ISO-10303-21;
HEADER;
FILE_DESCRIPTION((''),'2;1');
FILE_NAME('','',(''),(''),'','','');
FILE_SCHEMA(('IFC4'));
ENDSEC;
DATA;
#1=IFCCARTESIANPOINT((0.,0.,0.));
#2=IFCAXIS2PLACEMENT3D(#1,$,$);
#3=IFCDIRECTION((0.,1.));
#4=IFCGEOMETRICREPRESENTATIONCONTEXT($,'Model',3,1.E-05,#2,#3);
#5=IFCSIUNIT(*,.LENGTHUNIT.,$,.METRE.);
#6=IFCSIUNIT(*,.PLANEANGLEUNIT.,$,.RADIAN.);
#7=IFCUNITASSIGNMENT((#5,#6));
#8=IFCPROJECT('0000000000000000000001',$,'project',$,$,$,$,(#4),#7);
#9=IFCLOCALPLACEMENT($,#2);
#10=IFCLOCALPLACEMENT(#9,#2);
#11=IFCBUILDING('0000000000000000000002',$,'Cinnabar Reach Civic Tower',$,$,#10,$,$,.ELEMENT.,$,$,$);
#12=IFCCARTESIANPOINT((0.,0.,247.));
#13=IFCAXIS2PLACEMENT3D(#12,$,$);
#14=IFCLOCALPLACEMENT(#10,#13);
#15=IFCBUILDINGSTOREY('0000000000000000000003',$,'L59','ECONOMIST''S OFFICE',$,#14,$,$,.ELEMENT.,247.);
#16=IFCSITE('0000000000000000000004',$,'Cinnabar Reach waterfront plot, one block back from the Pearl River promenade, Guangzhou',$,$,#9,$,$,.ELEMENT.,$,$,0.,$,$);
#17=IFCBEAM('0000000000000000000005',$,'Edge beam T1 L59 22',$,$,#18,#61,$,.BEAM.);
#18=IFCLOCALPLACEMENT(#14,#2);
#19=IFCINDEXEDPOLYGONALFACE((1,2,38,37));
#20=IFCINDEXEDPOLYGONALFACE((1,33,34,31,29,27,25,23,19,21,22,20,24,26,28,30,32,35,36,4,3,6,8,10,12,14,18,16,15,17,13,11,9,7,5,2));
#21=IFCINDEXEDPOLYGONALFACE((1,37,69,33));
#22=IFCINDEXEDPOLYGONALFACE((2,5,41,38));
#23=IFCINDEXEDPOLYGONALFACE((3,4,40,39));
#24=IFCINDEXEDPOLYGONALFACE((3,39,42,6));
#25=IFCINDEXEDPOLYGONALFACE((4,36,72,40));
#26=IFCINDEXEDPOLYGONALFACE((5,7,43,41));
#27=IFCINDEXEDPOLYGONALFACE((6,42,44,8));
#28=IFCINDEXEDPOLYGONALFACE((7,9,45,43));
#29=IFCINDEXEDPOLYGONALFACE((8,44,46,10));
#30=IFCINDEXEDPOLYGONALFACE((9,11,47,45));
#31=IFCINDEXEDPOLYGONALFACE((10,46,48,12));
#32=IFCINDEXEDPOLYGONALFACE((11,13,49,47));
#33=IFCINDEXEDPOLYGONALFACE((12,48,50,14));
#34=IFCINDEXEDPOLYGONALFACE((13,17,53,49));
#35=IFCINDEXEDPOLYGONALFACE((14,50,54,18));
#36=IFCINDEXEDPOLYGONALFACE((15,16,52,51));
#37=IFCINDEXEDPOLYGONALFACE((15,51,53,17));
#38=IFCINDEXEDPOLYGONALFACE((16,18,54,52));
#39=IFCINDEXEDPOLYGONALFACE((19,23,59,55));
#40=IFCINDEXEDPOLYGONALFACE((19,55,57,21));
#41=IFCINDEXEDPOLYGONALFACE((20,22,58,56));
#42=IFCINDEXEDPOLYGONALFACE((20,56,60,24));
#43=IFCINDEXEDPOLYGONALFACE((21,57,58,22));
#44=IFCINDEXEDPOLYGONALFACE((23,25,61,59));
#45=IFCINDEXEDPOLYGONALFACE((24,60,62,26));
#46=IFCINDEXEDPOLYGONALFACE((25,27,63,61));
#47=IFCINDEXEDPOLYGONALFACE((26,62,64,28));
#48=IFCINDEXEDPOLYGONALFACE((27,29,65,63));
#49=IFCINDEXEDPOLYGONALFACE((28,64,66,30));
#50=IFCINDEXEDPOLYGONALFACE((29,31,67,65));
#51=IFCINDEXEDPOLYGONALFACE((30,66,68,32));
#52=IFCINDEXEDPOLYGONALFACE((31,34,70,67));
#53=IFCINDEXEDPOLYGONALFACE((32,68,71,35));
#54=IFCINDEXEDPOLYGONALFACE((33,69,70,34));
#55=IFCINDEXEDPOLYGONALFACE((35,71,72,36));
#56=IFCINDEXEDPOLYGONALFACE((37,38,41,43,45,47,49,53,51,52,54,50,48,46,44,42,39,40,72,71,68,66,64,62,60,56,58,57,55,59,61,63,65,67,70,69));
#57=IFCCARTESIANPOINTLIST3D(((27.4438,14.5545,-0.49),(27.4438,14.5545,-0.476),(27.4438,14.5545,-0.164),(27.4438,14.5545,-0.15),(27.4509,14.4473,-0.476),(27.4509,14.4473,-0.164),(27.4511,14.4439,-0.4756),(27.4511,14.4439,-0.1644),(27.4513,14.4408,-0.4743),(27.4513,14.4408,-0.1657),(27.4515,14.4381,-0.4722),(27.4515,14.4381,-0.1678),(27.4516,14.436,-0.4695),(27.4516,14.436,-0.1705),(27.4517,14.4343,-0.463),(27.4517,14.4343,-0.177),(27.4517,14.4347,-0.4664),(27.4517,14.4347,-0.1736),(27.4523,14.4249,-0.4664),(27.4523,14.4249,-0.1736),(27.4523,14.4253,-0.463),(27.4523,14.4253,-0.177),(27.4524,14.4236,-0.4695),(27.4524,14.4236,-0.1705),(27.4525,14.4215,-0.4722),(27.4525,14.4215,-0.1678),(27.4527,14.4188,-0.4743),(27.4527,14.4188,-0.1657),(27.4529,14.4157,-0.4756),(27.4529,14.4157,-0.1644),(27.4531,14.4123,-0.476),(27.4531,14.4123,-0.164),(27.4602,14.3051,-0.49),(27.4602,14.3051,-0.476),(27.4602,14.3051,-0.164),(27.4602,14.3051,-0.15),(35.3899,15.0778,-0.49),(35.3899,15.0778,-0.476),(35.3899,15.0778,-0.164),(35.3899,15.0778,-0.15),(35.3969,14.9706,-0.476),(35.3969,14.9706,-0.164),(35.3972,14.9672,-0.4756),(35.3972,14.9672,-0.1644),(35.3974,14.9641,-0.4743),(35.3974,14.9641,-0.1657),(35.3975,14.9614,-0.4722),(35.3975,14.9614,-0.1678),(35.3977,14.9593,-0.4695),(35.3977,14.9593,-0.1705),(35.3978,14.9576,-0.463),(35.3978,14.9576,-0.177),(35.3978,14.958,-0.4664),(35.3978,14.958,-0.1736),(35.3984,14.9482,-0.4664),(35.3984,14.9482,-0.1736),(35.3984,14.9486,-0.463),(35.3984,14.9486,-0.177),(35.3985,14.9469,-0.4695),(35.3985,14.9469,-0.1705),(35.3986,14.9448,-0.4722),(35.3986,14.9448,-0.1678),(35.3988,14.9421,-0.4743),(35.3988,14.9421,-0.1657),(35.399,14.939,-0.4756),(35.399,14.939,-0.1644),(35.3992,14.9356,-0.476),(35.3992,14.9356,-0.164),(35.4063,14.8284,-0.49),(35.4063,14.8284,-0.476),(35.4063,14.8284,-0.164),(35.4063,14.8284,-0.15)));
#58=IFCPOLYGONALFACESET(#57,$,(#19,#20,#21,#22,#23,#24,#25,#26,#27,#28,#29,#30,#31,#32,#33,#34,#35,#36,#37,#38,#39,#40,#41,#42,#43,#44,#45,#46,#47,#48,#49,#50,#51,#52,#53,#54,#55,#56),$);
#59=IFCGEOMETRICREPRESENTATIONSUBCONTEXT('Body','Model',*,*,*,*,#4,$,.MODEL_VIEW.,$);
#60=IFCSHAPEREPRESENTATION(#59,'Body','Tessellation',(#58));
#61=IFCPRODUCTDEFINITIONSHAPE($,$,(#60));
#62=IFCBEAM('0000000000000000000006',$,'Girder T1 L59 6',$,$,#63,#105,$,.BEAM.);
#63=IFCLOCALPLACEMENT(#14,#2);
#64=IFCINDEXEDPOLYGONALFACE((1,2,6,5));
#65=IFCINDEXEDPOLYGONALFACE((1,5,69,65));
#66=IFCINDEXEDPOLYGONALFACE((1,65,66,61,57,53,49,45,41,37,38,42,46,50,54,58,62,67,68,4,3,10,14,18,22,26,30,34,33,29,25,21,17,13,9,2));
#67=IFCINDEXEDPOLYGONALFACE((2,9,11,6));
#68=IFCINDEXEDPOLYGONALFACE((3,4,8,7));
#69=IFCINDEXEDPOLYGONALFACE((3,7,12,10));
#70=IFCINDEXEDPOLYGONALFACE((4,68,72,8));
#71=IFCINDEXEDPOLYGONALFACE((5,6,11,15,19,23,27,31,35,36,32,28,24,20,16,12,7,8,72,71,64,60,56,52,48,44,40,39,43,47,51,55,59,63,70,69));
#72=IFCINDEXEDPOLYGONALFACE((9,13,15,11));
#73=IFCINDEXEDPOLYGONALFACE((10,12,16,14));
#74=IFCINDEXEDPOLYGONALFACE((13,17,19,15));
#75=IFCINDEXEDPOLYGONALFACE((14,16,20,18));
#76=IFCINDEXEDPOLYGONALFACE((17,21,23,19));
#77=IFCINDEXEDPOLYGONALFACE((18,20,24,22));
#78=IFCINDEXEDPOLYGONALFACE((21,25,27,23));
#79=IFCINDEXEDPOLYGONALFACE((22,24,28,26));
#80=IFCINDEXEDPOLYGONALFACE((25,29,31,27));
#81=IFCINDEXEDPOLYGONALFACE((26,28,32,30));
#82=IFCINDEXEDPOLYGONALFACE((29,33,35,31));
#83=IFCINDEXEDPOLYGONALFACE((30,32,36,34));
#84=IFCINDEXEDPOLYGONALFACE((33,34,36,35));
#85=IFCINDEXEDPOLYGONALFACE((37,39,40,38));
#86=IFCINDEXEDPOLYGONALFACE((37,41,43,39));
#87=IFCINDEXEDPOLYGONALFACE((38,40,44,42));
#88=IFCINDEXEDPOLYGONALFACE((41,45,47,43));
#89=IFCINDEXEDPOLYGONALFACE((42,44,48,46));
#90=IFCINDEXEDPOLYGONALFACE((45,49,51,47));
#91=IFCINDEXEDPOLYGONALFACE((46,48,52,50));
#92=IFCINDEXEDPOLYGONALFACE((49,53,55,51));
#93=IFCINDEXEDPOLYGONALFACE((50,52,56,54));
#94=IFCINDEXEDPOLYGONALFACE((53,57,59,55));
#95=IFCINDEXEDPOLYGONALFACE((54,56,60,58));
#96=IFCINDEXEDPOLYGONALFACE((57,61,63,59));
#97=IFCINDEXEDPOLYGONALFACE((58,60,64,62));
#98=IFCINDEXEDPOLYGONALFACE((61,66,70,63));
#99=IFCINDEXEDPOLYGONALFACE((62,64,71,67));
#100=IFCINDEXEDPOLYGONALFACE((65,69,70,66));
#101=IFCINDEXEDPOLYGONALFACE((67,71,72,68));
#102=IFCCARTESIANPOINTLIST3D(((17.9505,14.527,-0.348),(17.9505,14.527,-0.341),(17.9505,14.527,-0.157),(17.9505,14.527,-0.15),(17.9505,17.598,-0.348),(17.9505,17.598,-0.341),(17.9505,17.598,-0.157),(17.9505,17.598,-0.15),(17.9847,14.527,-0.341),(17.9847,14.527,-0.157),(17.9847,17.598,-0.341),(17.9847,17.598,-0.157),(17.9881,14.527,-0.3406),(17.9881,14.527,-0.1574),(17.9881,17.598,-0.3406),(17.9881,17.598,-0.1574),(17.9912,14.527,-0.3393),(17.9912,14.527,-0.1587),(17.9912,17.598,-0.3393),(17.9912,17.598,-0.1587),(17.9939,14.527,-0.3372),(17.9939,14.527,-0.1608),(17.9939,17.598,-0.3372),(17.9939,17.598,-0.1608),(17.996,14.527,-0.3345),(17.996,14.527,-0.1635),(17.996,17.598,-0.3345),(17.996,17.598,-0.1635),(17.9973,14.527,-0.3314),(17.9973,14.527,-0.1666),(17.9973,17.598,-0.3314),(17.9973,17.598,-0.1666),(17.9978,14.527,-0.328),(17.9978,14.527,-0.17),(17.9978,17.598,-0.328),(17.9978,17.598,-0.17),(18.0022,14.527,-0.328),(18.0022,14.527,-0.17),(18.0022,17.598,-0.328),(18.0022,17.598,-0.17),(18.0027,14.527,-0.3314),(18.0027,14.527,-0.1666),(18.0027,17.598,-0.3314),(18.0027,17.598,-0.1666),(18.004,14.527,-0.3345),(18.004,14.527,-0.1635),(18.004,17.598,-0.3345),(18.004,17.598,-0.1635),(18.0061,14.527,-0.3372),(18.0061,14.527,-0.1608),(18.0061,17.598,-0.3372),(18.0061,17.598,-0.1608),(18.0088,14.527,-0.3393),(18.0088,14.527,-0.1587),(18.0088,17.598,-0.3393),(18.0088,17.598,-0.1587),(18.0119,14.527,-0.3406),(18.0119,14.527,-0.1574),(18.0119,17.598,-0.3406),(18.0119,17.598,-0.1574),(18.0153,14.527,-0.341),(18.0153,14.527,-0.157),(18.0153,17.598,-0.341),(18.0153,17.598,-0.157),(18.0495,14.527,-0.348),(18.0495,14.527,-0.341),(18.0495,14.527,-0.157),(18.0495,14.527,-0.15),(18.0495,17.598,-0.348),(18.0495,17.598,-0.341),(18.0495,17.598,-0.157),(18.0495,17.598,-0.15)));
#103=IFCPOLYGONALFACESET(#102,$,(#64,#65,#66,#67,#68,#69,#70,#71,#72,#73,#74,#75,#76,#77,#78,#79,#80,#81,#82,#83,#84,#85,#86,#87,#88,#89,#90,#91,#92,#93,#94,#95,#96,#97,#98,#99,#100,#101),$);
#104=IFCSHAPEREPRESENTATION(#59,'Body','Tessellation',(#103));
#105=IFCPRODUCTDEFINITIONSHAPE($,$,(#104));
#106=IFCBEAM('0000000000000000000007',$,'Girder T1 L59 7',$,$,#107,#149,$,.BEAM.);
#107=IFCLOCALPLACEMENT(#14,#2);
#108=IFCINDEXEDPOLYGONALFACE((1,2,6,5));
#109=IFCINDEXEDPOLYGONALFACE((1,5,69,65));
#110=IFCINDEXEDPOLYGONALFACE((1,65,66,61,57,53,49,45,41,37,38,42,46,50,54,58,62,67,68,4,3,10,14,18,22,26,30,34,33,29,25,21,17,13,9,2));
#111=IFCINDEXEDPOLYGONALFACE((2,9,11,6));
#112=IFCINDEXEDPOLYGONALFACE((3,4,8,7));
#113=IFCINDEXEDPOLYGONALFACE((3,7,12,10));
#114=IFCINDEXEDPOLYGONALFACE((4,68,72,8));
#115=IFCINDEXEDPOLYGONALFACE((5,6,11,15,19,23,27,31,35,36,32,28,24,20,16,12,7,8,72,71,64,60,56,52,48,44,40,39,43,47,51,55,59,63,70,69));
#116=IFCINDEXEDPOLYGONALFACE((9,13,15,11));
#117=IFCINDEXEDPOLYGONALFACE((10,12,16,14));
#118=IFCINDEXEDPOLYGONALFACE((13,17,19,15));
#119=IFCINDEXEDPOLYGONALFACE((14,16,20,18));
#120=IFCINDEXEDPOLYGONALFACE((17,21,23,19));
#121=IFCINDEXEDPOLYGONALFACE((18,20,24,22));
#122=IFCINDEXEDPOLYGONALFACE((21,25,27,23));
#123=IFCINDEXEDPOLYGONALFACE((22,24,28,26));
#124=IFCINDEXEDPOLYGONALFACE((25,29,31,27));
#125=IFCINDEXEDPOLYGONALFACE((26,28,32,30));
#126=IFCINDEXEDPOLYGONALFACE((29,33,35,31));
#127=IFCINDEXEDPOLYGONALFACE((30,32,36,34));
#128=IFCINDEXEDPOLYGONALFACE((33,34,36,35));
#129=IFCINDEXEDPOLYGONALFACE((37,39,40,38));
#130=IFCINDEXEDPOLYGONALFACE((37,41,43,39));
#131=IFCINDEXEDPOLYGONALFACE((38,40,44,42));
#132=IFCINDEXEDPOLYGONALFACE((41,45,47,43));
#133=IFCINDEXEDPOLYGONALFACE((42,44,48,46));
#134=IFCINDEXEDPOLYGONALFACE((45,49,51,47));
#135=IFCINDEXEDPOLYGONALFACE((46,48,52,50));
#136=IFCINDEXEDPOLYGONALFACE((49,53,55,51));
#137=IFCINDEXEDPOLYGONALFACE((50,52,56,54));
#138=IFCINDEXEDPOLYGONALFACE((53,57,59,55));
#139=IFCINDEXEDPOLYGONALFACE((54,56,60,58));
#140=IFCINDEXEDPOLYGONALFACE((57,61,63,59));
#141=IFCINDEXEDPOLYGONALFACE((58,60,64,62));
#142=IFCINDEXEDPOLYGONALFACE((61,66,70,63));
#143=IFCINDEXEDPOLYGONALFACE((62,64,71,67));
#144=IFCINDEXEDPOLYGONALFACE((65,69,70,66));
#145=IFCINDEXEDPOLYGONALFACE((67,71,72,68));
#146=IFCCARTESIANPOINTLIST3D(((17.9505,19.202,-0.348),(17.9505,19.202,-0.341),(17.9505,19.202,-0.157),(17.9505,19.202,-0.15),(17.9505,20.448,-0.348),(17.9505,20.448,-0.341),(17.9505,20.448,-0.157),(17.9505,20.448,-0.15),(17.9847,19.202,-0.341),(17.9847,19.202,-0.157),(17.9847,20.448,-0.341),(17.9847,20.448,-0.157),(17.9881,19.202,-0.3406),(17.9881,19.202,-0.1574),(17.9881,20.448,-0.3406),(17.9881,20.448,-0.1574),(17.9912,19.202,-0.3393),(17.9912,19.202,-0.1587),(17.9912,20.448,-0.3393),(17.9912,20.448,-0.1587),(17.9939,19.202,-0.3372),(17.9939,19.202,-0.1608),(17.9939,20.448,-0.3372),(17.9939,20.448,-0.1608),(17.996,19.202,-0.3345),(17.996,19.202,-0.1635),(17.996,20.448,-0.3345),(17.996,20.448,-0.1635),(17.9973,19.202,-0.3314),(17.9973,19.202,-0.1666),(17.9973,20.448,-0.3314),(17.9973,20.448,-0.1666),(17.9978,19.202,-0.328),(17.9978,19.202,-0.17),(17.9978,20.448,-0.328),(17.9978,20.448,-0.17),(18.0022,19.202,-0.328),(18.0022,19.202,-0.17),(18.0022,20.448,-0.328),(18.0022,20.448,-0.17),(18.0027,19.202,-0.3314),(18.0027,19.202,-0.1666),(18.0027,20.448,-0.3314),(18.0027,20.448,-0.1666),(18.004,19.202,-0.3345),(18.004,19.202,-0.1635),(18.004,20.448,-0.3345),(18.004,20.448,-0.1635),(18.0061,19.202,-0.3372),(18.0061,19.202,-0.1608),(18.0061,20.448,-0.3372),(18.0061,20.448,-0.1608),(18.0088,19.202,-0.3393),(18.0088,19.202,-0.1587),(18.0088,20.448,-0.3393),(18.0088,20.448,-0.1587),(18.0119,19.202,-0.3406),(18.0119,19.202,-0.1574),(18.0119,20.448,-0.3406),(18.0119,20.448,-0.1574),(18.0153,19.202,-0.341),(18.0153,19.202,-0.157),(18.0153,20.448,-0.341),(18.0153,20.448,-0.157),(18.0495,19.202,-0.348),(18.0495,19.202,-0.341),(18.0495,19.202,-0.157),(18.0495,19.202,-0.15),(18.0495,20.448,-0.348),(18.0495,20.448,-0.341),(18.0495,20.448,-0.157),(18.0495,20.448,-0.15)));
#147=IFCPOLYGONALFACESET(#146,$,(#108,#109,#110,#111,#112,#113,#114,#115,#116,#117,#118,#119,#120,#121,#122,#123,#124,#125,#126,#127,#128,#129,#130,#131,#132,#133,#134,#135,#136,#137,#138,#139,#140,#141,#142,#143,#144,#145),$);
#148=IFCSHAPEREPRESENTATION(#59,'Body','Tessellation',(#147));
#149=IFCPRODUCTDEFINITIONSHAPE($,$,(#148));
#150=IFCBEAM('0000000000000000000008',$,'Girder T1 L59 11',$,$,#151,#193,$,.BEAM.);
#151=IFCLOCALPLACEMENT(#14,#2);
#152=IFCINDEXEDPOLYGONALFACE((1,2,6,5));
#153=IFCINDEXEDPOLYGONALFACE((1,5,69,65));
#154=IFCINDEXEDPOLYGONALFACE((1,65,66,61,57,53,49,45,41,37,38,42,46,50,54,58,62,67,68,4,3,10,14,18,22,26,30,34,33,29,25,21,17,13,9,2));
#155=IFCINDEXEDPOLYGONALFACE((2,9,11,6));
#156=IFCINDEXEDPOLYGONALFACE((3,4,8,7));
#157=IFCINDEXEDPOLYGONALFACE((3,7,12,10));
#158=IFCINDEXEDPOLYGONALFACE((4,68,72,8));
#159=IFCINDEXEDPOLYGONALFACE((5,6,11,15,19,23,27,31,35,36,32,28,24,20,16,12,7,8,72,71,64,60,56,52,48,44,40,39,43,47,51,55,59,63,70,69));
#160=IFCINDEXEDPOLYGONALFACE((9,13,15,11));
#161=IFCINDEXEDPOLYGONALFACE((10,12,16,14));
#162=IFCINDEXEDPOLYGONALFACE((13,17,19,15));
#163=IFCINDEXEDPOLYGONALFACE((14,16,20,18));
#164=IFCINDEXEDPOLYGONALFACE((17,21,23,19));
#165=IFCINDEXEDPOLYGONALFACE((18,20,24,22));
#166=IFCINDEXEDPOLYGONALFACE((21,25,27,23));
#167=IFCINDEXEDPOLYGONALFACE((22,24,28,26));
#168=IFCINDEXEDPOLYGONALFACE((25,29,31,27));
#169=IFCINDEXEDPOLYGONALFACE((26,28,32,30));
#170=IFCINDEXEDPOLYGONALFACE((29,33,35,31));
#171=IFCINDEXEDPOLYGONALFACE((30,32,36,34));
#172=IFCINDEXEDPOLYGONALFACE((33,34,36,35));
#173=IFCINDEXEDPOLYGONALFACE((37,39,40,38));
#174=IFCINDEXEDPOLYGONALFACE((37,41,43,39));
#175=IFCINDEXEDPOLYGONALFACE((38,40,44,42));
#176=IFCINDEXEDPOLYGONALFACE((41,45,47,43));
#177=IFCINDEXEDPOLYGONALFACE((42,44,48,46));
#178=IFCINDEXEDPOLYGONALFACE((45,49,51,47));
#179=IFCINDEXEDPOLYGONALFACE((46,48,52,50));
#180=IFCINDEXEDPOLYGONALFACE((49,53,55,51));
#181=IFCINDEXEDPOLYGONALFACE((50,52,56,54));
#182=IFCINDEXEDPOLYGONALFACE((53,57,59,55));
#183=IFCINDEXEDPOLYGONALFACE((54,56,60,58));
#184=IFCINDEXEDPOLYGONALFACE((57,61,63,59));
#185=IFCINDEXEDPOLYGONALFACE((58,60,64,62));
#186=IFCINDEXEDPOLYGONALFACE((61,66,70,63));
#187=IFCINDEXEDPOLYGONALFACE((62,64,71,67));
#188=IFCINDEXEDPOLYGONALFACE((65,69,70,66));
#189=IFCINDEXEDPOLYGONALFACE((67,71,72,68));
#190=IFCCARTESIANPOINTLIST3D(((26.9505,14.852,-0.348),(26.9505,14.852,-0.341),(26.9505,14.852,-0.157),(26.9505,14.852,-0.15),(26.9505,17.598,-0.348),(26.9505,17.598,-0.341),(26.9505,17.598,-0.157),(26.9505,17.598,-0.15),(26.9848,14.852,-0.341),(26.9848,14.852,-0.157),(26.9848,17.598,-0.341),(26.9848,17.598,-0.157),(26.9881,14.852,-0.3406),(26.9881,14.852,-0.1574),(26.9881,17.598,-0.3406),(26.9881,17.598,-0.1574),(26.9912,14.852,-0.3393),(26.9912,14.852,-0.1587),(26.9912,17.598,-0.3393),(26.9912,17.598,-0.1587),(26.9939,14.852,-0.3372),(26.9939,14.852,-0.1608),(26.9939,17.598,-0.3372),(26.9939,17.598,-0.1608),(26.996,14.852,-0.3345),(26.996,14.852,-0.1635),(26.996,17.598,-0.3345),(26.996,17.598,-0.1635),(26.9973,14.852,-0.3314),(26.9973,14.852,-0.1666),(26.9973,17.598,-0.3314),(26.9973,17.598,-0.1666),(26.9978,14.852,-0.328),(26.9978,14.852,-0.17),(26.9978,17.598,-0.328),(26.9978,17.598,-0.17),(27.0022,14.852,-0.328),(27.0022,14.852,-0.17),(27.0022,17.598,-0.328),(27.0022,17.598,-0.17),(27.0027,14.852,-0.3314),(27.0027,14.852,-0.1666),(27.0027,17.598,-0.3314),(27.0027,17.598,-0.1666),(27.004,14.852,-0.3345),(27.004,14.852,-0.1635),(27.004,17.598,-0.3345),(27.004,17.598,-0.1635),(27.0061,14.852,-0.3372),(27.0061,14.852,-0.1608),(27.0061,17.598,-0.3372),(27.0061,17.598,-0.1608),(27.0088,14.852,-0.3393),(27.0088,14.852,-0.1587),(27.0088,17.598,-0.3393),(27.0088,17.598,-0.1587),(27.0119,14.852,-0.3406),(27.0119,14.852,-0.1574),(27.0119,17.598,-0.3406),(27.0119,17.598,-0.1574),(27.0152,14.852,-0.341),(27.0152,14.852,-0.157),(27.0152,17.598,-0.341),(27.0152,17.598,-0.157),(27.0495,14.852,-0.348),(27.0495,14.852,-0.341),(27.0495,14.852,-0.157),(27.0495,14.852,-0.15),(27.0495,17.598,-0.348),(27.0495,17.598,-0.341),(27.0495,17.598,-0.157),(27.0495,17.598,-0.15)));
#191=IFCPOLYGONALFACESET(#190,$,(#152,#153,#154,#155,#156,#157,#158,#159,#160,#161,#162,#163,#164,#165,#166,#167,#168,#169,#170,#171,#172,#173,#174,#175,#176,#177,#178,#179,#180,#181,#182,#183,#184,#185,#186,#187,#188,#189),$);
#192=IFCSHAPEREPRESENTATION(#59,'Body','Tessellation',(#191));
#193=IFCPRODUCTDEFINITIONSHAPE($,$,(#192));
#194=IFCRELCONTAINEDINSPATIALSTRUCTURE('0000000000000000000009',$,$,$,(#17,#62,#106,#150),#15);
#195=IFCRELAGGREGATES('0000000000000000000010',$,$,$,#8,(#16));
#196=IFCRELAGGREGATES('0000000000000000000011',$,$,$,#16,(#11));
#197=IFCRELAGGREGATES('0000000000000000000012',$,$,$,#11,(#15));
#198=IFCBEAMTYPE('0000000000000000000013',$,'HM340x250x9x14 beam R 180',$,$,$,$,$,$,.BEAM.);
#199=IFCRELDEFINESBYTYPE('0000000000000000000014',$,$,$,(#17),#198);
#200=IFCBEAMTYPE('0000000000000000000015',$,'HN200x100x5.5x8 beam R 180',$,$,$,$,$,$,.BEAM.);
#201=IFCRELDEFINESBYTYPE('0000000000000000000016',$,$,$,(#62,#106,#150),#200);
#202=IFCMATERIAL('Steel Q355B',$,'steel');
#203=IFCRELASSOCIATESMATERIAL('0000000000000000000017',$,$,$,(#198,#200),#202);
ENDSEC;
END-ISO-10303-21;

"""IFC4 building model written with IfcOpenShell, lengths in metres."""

from ifc_helpers import new_model, si_unit, direction, frame, origin, origin_2d, place, context, subcontext, project, spatial, i_section, extrude, material, material_profile, profile_set, type_object, element, save


model = new_model("IFC4")

# Units and contexts
model_context = context("Model", 3, precision=1e-05, world=origin(), true_north=direction((0.0, 1.0)))
body_context = subcontext(model_context, "Body", "Model", "MODEL_VIEW")
ifc_project = project(units=[si_unit("LENGTHUNIT", "METRE"), si_unit("PLANEANGLEUNIT", "RADIAN")], contexts=[model_context])

# Site, building, storey
site_placement = place(None, origin())
site = spatial("IfcSite", under=ifc_project, at=site_placement, Name="Cinnabar Reach waterfront plot, one block back from the Pearl River promenade, Guangzhou", CompositionType="ELEMENT", RefElevation=0.0)
building_placement = place(site_placement, origin())
building = spatial("IfcBuilding", under=site, at=building_placement, Name="Cinnabar Reach Civic Tower", CompositionType="ELEMENT")
storey_placement = place(building_placement, frame((0.0, 0.0, 247.0)))
storey = spatial("IfcBuildingStorey", under=building, at=storey_placement, Name="L59", Description="ECONOMIST'S OFFICE", CompositionType="ELEMENT", Elevation=247.0)

# Beams
ifc_material_1 = material(Name="Steel Q355B", Category="steel")
ifc_material_profile_1 = material_profile(ifc_material_1, i_section(OverallWidth=0.25, OverallDepth=0.34, WebThickness=0.009, FlangeThickness=0.014, FilletRadius=0.013, at=origin_2d()), Name="HM340x250x9x14")
ifc_profile_set_1 = profile_set([ifc_material_profile_1], Name="Steel Q355B")
beam_type_1 = type_object("IfcBeamType", Name="HM340x250x9x14 beam R 180", PredefinedType="BEAM", material=ifc_profile_set_1)
beam_1_placement = place(storey_placement, frame((27.452, 14.4298, -0.32), z_axis=(0.997839, 0.065714, 0.0), x_axis=(-0.065714, 0.997839, 0.0)))
element("IfcBeam", 1, at=beam_1_placement, inside=storey, type_object=beam_type_1, Name="Edge beam T1 L59 22", PredefinedType="BEAM", context=body_context, shape_type="SweptSolid", body=[
    extrude(i_section(OverallWidth=0.25, OverallDepth=0.34, WebThickness=0.009, FlangeThickness=0.014, FilletRadius=0.013, at=origin_2d()), origin(), (0.0, 0.0, 1.0), 7.9633),
])
ifc_material_profile_2 = material_profile(ifc_material_1, i_section(OverallWidth=0.099, OverallDepth=0.198, WebThickness=0.0045, FlangeThickness=0.007, FilletRadius=0.013, at=origin_2d()), Name="HN200x100x5.5x8")
ifc_profile_set_2 = profile_set([ifc_material_profile_2], Name="Steel Q355B")
beam_type_2 = type_object("IfcBeamType", Name="HN200x100x5.5x8 beam R 180", PredefinedType="BEAM", material=ifc_profile_set_2)
beam_2_placement = place(storey_placement, frame((18.0, 14.527, -0.249), z_axis=(0.0, 1.0, 0.0), x_axis=(-1.0, 0.0, 0.0)))
element("IfcBeam", 2, at=beam_2_placement, inside=storey, type_object=beam_type_2, Name="Girder T1 L59 6", PredefinedType="BEAM", context=body_context, shape_type="SweptSolid", body=[
    extrude(i_section(OverallWidth=0.099, OverallDepth=0.198, WebThickness=0.0045, FlangeThickness=0.007, FilletRadius=0.013, at=origin_2d()), origin(), (0.0, 0.0, 1.0), 3.071),
])
beam_3_placement = place(storey_placement, frame((18.0, 19.202, -0.249), z_axis=(0.0, 1.0, 0.0), x_axis=(-1.0, 0.0, 0.0)))
element("IfcBeam", 3, at=beam_3_placement, inside=storey, type_object=beam_type_2, Name="Girder T1 L59 7", PredefinedType="BEAM", context=body_context, shape_type="SweptSolid", body=[
    extrude(i_section(OverallWidth=0.099, OverallDepth=0.198, WebThickness=0.0045, FlangeThickness=0.007, FilletRadius=0.013, at=origin_2d()), origin(), (0.0, 0.0, 1.0), 1.246),
])
beam_4_placement = place(storey_placement, frame((27.0, 14.852, -0.249), z_axis=(0.0, 1.0, 0.0), x_axis=(-1.0, 0.0, 0.0)))
element("IfcBeam", 4, at=beam_4_placement, inside=storey, type_object=beam_type_2, Name="Girder T1 L59 11", PredefinedType="BEAM", context=body_context, shape_type="SweptSolid", body=[
    extrude(i_section(OverallWidth=0.099, OverallDepth=0.198, WebThickness=0.0045, FlangeThickness=0.007, FilletRadius=0.013, at=origin_2d()), origin(), (0.0, 0.0, 1.0), 2.746),
])

save(model, "model.ifc")
